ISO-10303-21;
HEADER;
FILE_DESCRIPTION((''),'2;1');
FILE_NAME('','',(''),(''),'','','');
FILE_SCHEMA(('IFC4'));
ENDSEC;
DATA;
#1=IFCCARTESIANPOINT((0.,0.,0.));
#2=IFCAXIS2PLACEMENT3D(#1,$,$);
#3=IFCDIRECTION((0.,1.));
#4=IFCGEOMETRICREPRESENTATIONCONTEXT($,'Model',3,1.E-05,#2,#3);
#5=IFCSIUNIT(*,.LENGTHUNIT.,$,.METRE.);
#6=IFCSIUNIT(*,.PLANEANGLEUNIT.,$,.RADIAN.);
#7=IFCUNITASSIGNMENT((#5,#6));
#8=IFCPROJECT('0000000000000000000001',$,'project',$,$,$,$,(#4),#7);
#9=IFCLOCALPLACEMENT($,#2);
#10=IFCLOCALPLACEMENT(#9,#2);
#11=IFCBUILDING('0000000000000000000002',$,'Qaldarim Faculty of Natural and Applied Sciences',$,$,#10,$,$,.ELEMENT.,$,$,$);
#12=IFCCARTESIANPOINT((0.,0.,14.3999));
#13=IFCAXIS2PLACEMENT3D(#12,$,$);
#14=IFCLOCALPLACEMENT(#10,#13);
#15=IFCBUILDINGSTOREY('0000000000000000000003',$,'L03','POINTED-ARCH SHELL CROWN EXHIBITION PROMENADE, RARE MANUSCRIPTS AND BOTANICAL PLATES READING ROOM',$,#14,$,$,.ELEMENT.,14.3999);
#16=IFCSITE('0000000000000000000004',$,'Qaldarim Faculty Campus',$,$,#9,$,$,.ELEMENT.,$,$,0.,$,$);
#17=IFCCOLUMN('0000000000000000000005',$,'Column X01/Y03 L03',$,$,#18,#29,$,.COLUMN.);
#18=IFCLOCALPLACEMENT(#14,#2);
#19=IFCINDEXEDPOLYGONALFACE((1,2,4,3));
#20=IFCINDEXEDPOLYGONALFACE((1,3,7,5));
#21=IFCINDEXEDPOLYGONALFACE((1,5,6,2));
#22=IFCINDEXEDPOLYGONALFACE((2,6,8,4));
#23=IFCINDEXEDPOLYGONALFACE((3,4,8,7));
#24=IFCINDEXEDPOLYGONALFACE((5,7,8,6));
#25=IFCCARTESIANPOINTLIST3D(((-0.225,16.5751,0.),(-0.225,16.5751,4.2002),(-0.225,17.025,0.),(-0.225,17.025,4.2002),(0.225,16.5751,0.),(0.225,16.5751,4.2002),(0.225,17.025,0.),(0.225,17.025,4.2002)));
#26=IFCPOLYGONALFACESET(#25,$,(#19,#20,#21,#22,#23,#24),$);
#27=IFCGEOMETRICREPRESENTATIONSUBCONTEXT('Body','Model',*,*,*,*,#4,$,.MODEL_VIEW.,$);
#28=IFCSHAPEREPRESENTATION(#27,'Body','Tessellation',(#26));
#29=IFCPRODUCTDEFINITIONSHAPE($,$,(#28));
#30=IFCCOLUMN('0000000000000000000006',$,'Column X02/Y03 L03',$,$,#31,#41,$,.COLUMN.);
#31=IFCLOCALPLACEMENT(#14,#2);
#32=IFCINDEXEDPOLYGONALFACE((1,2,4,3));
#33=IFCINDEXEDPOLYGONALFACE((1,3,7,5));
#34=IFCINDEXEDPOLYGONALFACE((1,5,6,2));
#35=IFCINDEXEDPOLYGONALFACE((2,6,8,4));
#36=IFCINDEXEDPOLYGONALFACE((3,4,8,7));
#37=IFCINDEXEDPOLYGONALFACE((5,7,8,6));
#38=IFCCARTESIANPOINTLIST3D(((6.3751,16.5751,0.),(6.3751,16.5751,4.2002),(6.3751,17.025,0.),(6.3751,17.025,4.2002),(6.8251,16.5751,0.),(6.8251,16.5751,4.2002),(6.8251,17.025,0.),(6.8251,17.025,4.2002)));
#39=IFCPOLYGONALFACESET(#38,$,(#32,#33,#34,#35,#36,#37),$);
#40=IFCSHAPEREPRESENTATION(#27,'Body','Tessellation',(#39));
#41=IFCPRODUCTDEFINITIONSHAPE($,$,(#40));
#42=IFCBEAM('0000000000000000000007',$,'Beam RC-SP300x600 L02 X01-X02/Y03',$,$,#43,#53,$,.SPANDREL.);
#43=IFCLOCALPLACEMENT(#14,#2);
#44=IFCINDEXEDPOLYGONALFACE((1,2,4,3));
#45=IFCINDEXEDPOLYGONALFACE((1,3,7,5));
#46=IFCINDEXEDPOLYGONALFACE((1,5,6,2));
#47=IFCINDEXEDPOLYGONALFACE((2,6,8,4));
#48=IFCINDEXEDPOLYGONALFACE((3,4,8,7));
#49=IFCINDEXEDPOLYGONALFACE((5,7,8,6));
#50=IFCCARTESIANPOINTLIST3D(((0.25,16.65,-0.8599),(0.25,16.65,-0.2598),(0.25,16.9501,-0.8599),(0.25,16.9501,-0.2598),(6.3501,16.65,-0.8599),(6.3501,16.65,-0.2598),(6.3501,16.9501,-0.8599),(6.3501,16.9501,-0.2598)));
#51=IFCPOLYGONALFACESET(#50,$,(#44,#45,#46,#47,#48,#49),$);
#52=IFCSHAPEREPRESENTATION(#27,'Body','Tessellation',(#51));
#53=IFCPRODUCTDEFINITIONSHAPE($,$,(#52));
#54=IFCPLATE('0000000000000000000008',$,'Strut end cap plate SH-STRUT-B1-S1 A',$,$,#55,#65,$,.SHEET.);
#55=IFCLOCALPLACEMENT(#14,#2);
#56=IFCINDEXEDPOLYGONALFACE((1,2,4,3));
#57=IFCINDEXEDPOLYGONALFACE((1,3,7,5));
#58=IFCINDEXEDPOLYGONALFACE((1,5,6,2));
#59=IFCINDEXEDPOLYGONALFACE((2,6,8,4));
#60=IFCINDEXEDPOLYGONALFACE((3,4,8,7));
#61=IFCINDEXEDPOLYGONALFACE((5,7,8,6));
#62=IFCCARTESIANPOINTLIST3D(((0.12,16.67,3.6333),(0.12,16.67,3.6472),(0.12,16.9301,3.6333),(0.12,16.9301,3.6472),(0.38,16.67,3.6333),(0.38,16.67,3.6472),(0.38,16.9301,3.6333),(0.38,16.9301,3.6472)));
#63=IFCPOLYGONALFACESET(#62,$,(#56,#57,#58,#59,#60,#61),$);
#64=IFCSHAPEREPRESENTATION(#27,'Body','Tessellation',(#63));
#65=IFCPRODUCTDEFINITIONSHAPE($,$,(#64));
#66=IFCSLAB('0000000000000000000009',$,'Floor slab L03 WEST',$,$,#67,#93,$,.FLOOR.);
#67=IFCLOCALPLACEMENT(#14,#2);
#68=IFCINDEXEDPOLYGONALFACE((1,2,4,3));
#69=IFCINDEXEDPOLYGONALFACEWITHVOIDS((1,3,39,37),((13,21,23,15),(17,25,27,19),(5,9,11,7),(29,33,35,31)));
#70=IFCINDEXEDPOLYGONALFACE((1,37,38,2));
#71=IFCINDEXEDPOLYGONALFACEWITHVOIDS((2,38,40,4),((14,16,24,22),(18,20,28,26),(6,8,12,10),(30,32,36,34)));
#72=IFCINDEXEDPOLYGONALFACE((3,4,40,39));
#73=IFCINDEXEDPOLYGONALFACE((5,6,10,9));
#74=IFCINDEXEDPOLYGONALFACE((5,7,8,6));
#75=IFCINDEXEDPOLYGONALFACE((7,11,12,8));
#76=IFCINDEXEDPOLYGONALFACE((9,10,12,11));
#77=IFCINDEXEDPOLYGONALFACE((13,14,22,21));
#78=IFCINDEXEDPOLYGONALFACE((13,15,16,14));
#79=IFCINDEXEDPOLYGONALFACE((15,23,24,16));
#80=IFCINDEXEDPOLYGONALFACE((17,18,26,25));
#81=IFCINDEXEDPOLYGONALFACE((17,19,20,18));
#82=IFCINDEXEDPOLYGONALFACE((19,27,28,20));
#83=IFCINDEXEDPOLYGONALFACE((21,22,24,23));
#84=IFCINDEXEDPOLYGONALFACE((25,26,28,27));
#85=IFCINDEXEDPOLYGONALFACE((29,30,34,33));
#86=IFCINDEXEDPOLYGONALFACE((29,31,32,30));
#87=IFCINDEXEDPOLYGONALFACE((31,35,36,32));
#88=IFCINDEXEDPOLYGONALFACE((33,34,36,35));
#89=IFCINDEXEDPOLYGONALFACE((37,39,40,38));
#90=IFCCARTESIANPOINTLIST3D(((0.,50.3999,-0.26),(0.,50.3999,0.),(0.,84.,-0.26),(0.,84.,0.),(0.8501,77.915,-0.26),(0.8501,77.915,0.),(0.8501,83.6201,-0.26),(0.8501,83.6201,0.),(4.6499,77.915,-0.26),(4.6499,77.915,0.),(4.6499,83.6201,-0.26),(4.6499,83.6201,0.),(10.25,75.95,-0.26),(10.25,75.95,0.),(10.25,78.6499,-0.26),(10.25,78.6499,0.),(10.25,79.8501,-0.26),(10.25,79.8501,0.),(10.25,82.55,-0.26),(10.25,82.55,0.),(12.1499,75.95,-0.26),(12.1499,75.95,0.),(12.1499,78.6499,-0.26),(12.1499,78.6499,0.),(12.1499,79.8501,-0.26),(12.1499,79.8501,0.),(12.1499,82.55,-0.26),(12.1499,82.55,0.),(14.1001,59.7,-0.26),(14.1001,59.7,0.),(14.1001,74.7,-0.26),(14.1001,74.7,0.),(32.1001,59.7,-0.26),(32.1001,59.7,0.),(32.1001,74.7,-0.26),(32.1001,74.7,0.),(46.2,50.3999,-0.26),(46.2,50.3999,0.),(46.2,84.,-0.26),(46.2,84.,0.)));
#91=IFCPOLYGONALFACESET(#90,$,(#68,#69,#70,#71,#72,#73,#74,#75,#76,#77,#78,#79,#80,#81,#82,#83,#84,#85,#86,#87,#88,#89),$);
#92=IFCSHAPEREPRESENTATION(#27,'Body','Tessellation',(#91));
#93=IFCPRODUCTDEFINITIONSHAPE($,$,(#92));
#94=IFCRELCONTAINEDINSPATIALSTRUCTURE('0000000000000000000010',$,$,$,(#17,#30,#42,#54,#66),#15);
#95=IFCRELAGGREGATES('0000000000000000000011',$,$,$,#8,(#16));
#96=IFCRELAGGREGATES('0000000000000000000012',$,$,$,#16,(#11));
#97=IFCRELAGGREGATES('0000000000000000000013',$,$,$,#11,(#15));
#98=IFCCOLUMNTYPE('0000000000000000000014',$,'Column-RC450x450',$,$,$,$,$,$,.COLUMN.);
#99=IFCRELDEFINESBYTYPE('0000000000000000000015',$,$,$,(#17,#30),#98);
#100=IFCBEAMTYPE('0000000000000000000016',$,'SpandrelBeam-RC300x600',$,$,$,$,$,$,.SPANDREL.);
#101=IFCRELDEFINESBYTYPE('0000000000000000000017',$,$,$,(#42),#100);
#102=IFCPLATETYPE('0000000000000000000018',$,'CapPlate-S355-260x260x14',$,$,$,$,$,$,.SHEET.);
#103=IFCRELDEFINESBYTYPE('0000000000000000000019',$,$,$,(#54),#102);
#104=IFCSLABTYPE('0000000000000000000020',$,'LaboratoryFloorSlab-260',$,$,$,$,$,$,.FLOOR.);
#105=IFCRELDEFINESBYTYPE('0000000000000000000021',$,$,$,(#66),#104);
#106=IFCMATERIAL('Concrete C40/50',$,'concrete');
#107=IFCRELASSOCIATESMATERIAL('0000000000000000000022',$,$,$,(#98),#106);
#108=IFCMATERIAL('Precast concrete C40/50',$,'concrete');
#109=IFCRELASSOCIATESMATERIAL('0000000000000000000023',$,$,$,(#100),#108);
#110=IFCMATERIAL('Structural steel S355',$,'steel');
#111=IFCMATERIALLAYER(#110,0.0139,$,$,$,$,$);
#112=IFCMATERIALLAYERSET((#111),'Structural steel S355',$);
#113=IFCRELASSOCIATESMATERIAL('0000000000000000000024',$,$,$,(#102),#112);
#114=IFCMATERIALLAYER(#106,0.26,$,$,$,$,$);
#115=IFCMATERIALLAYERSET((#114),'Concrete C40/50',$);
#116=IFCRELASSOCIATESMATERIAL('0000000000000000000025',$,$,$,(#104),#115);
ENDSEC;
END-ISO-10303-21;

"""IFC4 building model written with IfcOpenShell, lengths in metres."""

from ifc_helpers import new_model, si_unit, direction, frame, origin, origin_2d, place, context, subcontext, project, spatial, polyline, rectangle, outline, extrude, material, layer, layer_set, material_profile, profile_set, type_object, element, save


model = new_model("IFC4")

# Units and contexts
model_context = context("Model", 3, precision=1e-05, world=origin(), true_north=direction((0.0, 1.0)))
body_context = subcontext(model_context, "Body", "Model", "MODEL_VIEW")
ifc_project = project(units=[si_unit("LENGTHUNIT", "METRE"), si_unit("PLANEANGLEUNIT", "RADIAN")], contexts=[model_context])

# Site, building, storey
site_placement = place(None, origin())
site = spatial("IfcSite", under=ifc_project, at=site_placement, Name="Qaldarim Faculty Campus", CompositionType="ELEMENT", RefElevation=0.0)
building_placement = place(site_placement, origin())
building = spatial("IfcBuilding", under=site, at=building_placement, Name="Qaldarim Faculty of Natural and Applied Sciences", CompositionType="ELEMENT")
storey_placement = place(building_placement, frame((0.0, 0.0, 14.3999)))
storey = spatial("IfcBuildingStorey", under=building, at=storey_placement, Name="L03", Description="POINTED-ARCH SHELL CROWN EXHIBITION PROMENADE, RARE MANUSCRIPTS AND BOTANICAL PLATES READING ROOM", CompositionType="ELEMENT", Elevation=14.3999)

# Columns
ifc_material_1 = material(Name="Concrete C40/50", Category="concrete")
ifc_material_profile_1 = material_profile(ifc_material_1, rectangle(XDim=0.45, YDim=0.45, at=origin_2d()), Name="RC-C450x450")
ifc_profile_set_1 = profile_set([ifc_material_profile_1], Name="Concrete C40/50")
column_type = type_object("IfcColumnType", Name="Column-RC450x450", PredefinedType="COLUMN", material=ifc_profile_set_1)
for number, where, z_axis, x_axis, name in (
    (1, (0.0, 16.8, 0.0), (0.0, 0.0, 1.0), (1.0, 0.0, 0.0), "Column X01/Y03 L03"),
    (2, (6.6001, 16.8, 0.0), (0.0, 0.0, 1.0), (1.0, 0.0, 0.0), "Column X02/Y03 L03"),
):
    element("IfcColumn", number, at=place(storey_placement, frame(where, z_axis=z_axis, x_axis=x_axis)), inside=storey, type_object=column_type, Name=name, PredefinedType="COLUMN", context=body_context, shape_type="SweptSolid", body=[
        extrude(rectangle(XDim=0.45, YDim=0.45, at=origin_2d()), origin(), (0.0, 0.0, 1.0), 4.2002),
    ])

# Beam
ifc_material_2 = material(Name="Precast concrete C40/50", Category="concrete")
ifc_material_profile_2 = material_profile(ifc_material_2, rectangle(XDim=0.3, YDim=0.6001, at=origin_2d()), Name="RC-SP300x600")
ifc_profile_set_2 = profile_set([ifc_material_profile_2], Name="Precast concrete C40/50")
beam_type = type_object("IfcBeamType", Name="SpandrelBeam-RC300x600", PredefinedType="SPANDREL", material=ifc_profile_set_2)
beam_placement = place(storey_placement, frame((0.25, 16.8, -0.5598), z_axis=(1.0, 0.0, 0.0), x_axis=(0.0, 1.0, 0.0)))
element("IfcBeam", 3, at=beam_placement, inside=storey, type_object=beam_type, Name="Beam RC-SP300x600 L02 X01-X02/Y03", PredefinedType="SPANDREL", context=body_context, shape_type="SweptSolid", body=[
    extrude(rectangle(XDim=0.3, YDim=0.6001, at=origin_2d()), origin(), (0.0, 0.0, 1.0), 6.1001),
])

# Plate
ifc_material_3 = material(Name="Structural steel S355", Category="steel")
ifc_layer_1 = layer(ifc_material_3, 0.0139)
ifc_layer_set_1 = layer_set([ifc_layer_1], Name="Structural steel S355")
plate_type = type_object("IfcPlateType", Name="CapPlate-S355-260x260x14", PredefinedType="SHEET", material=ifc_layer_set_1)
plate_placement = place(storey_placement, frame((0.25, 16.8, 3.6333), z_axis=(0.0, 0.0, 1.0), x_axis=(1.0, 0.0, 0.0)))
element("IfcPlate", 4, at=plate_placement, inside=storey, type_object=plate_type, Name="Strut end cap plate SH-STRUT-B1-S1 A", PredefinedType="SHEET", context=body_context, shape_type="SweptSolid", body=[
    extrude(rectangle(XDim=0.26, YDim=0.26, at=origin_2d()), origin(), (0.0, 0.0, 1.0), 0.0139),
])

# Slab
ifc_layer_2 = layer(ifc_material_1, 0.26)
ifc_layer_set_2 = layer_set([ifc_layer_2], Name="Concrete C40/50")
slab_type_1 = type_object("IfcSlabType", Name="LaboratoryFloorSlab-260", PredefinedType="FLOOR", material=ifc_layer_set_2)
slab_1_placement = place(storey_placement, frame((0.0, 0.0, -0.26)))
element("IfcSlab", 5, at=slab_1_placement, inside=storey, type_object=slab_type_1, Name="Floor slab L03 WEST", PredefinedType="FLOOR", context=body_context, shape_type="SweptSolid", body=[
    extrude(outline(polyline([(0.0, 50.3999), (0.0, 84.0), (46.2, 84.0), (46.2, 50.3999), (0.0, 50.3999)]), holes=[polyline([(4.6499, 77.915), (4.6499, 83.6201), (0.8501, 83.6201), (0.8501, 77.915), (4.6499, 77.915)]), polyline([(10.25, 75.95), (12.1499, 75.95), (12.1499, 78.6499), (10.25, 78.6499), (10.25, 75.95)]), polyline([(10.25, 79.8501), (12.1499, 79.8501), (12.1499, 82.55), (10.25, 82.55), (10.25, 79.8501)]), polyline([(14.1001, 59.7), (32.1001, 59.7), (32.1001, 74.7), (14.1001, 74.7), (14.1001, 59.7)])]), origin(), (0.0, 0.0, 1.0), 0.26),
])

save(model, "model.ifc")
